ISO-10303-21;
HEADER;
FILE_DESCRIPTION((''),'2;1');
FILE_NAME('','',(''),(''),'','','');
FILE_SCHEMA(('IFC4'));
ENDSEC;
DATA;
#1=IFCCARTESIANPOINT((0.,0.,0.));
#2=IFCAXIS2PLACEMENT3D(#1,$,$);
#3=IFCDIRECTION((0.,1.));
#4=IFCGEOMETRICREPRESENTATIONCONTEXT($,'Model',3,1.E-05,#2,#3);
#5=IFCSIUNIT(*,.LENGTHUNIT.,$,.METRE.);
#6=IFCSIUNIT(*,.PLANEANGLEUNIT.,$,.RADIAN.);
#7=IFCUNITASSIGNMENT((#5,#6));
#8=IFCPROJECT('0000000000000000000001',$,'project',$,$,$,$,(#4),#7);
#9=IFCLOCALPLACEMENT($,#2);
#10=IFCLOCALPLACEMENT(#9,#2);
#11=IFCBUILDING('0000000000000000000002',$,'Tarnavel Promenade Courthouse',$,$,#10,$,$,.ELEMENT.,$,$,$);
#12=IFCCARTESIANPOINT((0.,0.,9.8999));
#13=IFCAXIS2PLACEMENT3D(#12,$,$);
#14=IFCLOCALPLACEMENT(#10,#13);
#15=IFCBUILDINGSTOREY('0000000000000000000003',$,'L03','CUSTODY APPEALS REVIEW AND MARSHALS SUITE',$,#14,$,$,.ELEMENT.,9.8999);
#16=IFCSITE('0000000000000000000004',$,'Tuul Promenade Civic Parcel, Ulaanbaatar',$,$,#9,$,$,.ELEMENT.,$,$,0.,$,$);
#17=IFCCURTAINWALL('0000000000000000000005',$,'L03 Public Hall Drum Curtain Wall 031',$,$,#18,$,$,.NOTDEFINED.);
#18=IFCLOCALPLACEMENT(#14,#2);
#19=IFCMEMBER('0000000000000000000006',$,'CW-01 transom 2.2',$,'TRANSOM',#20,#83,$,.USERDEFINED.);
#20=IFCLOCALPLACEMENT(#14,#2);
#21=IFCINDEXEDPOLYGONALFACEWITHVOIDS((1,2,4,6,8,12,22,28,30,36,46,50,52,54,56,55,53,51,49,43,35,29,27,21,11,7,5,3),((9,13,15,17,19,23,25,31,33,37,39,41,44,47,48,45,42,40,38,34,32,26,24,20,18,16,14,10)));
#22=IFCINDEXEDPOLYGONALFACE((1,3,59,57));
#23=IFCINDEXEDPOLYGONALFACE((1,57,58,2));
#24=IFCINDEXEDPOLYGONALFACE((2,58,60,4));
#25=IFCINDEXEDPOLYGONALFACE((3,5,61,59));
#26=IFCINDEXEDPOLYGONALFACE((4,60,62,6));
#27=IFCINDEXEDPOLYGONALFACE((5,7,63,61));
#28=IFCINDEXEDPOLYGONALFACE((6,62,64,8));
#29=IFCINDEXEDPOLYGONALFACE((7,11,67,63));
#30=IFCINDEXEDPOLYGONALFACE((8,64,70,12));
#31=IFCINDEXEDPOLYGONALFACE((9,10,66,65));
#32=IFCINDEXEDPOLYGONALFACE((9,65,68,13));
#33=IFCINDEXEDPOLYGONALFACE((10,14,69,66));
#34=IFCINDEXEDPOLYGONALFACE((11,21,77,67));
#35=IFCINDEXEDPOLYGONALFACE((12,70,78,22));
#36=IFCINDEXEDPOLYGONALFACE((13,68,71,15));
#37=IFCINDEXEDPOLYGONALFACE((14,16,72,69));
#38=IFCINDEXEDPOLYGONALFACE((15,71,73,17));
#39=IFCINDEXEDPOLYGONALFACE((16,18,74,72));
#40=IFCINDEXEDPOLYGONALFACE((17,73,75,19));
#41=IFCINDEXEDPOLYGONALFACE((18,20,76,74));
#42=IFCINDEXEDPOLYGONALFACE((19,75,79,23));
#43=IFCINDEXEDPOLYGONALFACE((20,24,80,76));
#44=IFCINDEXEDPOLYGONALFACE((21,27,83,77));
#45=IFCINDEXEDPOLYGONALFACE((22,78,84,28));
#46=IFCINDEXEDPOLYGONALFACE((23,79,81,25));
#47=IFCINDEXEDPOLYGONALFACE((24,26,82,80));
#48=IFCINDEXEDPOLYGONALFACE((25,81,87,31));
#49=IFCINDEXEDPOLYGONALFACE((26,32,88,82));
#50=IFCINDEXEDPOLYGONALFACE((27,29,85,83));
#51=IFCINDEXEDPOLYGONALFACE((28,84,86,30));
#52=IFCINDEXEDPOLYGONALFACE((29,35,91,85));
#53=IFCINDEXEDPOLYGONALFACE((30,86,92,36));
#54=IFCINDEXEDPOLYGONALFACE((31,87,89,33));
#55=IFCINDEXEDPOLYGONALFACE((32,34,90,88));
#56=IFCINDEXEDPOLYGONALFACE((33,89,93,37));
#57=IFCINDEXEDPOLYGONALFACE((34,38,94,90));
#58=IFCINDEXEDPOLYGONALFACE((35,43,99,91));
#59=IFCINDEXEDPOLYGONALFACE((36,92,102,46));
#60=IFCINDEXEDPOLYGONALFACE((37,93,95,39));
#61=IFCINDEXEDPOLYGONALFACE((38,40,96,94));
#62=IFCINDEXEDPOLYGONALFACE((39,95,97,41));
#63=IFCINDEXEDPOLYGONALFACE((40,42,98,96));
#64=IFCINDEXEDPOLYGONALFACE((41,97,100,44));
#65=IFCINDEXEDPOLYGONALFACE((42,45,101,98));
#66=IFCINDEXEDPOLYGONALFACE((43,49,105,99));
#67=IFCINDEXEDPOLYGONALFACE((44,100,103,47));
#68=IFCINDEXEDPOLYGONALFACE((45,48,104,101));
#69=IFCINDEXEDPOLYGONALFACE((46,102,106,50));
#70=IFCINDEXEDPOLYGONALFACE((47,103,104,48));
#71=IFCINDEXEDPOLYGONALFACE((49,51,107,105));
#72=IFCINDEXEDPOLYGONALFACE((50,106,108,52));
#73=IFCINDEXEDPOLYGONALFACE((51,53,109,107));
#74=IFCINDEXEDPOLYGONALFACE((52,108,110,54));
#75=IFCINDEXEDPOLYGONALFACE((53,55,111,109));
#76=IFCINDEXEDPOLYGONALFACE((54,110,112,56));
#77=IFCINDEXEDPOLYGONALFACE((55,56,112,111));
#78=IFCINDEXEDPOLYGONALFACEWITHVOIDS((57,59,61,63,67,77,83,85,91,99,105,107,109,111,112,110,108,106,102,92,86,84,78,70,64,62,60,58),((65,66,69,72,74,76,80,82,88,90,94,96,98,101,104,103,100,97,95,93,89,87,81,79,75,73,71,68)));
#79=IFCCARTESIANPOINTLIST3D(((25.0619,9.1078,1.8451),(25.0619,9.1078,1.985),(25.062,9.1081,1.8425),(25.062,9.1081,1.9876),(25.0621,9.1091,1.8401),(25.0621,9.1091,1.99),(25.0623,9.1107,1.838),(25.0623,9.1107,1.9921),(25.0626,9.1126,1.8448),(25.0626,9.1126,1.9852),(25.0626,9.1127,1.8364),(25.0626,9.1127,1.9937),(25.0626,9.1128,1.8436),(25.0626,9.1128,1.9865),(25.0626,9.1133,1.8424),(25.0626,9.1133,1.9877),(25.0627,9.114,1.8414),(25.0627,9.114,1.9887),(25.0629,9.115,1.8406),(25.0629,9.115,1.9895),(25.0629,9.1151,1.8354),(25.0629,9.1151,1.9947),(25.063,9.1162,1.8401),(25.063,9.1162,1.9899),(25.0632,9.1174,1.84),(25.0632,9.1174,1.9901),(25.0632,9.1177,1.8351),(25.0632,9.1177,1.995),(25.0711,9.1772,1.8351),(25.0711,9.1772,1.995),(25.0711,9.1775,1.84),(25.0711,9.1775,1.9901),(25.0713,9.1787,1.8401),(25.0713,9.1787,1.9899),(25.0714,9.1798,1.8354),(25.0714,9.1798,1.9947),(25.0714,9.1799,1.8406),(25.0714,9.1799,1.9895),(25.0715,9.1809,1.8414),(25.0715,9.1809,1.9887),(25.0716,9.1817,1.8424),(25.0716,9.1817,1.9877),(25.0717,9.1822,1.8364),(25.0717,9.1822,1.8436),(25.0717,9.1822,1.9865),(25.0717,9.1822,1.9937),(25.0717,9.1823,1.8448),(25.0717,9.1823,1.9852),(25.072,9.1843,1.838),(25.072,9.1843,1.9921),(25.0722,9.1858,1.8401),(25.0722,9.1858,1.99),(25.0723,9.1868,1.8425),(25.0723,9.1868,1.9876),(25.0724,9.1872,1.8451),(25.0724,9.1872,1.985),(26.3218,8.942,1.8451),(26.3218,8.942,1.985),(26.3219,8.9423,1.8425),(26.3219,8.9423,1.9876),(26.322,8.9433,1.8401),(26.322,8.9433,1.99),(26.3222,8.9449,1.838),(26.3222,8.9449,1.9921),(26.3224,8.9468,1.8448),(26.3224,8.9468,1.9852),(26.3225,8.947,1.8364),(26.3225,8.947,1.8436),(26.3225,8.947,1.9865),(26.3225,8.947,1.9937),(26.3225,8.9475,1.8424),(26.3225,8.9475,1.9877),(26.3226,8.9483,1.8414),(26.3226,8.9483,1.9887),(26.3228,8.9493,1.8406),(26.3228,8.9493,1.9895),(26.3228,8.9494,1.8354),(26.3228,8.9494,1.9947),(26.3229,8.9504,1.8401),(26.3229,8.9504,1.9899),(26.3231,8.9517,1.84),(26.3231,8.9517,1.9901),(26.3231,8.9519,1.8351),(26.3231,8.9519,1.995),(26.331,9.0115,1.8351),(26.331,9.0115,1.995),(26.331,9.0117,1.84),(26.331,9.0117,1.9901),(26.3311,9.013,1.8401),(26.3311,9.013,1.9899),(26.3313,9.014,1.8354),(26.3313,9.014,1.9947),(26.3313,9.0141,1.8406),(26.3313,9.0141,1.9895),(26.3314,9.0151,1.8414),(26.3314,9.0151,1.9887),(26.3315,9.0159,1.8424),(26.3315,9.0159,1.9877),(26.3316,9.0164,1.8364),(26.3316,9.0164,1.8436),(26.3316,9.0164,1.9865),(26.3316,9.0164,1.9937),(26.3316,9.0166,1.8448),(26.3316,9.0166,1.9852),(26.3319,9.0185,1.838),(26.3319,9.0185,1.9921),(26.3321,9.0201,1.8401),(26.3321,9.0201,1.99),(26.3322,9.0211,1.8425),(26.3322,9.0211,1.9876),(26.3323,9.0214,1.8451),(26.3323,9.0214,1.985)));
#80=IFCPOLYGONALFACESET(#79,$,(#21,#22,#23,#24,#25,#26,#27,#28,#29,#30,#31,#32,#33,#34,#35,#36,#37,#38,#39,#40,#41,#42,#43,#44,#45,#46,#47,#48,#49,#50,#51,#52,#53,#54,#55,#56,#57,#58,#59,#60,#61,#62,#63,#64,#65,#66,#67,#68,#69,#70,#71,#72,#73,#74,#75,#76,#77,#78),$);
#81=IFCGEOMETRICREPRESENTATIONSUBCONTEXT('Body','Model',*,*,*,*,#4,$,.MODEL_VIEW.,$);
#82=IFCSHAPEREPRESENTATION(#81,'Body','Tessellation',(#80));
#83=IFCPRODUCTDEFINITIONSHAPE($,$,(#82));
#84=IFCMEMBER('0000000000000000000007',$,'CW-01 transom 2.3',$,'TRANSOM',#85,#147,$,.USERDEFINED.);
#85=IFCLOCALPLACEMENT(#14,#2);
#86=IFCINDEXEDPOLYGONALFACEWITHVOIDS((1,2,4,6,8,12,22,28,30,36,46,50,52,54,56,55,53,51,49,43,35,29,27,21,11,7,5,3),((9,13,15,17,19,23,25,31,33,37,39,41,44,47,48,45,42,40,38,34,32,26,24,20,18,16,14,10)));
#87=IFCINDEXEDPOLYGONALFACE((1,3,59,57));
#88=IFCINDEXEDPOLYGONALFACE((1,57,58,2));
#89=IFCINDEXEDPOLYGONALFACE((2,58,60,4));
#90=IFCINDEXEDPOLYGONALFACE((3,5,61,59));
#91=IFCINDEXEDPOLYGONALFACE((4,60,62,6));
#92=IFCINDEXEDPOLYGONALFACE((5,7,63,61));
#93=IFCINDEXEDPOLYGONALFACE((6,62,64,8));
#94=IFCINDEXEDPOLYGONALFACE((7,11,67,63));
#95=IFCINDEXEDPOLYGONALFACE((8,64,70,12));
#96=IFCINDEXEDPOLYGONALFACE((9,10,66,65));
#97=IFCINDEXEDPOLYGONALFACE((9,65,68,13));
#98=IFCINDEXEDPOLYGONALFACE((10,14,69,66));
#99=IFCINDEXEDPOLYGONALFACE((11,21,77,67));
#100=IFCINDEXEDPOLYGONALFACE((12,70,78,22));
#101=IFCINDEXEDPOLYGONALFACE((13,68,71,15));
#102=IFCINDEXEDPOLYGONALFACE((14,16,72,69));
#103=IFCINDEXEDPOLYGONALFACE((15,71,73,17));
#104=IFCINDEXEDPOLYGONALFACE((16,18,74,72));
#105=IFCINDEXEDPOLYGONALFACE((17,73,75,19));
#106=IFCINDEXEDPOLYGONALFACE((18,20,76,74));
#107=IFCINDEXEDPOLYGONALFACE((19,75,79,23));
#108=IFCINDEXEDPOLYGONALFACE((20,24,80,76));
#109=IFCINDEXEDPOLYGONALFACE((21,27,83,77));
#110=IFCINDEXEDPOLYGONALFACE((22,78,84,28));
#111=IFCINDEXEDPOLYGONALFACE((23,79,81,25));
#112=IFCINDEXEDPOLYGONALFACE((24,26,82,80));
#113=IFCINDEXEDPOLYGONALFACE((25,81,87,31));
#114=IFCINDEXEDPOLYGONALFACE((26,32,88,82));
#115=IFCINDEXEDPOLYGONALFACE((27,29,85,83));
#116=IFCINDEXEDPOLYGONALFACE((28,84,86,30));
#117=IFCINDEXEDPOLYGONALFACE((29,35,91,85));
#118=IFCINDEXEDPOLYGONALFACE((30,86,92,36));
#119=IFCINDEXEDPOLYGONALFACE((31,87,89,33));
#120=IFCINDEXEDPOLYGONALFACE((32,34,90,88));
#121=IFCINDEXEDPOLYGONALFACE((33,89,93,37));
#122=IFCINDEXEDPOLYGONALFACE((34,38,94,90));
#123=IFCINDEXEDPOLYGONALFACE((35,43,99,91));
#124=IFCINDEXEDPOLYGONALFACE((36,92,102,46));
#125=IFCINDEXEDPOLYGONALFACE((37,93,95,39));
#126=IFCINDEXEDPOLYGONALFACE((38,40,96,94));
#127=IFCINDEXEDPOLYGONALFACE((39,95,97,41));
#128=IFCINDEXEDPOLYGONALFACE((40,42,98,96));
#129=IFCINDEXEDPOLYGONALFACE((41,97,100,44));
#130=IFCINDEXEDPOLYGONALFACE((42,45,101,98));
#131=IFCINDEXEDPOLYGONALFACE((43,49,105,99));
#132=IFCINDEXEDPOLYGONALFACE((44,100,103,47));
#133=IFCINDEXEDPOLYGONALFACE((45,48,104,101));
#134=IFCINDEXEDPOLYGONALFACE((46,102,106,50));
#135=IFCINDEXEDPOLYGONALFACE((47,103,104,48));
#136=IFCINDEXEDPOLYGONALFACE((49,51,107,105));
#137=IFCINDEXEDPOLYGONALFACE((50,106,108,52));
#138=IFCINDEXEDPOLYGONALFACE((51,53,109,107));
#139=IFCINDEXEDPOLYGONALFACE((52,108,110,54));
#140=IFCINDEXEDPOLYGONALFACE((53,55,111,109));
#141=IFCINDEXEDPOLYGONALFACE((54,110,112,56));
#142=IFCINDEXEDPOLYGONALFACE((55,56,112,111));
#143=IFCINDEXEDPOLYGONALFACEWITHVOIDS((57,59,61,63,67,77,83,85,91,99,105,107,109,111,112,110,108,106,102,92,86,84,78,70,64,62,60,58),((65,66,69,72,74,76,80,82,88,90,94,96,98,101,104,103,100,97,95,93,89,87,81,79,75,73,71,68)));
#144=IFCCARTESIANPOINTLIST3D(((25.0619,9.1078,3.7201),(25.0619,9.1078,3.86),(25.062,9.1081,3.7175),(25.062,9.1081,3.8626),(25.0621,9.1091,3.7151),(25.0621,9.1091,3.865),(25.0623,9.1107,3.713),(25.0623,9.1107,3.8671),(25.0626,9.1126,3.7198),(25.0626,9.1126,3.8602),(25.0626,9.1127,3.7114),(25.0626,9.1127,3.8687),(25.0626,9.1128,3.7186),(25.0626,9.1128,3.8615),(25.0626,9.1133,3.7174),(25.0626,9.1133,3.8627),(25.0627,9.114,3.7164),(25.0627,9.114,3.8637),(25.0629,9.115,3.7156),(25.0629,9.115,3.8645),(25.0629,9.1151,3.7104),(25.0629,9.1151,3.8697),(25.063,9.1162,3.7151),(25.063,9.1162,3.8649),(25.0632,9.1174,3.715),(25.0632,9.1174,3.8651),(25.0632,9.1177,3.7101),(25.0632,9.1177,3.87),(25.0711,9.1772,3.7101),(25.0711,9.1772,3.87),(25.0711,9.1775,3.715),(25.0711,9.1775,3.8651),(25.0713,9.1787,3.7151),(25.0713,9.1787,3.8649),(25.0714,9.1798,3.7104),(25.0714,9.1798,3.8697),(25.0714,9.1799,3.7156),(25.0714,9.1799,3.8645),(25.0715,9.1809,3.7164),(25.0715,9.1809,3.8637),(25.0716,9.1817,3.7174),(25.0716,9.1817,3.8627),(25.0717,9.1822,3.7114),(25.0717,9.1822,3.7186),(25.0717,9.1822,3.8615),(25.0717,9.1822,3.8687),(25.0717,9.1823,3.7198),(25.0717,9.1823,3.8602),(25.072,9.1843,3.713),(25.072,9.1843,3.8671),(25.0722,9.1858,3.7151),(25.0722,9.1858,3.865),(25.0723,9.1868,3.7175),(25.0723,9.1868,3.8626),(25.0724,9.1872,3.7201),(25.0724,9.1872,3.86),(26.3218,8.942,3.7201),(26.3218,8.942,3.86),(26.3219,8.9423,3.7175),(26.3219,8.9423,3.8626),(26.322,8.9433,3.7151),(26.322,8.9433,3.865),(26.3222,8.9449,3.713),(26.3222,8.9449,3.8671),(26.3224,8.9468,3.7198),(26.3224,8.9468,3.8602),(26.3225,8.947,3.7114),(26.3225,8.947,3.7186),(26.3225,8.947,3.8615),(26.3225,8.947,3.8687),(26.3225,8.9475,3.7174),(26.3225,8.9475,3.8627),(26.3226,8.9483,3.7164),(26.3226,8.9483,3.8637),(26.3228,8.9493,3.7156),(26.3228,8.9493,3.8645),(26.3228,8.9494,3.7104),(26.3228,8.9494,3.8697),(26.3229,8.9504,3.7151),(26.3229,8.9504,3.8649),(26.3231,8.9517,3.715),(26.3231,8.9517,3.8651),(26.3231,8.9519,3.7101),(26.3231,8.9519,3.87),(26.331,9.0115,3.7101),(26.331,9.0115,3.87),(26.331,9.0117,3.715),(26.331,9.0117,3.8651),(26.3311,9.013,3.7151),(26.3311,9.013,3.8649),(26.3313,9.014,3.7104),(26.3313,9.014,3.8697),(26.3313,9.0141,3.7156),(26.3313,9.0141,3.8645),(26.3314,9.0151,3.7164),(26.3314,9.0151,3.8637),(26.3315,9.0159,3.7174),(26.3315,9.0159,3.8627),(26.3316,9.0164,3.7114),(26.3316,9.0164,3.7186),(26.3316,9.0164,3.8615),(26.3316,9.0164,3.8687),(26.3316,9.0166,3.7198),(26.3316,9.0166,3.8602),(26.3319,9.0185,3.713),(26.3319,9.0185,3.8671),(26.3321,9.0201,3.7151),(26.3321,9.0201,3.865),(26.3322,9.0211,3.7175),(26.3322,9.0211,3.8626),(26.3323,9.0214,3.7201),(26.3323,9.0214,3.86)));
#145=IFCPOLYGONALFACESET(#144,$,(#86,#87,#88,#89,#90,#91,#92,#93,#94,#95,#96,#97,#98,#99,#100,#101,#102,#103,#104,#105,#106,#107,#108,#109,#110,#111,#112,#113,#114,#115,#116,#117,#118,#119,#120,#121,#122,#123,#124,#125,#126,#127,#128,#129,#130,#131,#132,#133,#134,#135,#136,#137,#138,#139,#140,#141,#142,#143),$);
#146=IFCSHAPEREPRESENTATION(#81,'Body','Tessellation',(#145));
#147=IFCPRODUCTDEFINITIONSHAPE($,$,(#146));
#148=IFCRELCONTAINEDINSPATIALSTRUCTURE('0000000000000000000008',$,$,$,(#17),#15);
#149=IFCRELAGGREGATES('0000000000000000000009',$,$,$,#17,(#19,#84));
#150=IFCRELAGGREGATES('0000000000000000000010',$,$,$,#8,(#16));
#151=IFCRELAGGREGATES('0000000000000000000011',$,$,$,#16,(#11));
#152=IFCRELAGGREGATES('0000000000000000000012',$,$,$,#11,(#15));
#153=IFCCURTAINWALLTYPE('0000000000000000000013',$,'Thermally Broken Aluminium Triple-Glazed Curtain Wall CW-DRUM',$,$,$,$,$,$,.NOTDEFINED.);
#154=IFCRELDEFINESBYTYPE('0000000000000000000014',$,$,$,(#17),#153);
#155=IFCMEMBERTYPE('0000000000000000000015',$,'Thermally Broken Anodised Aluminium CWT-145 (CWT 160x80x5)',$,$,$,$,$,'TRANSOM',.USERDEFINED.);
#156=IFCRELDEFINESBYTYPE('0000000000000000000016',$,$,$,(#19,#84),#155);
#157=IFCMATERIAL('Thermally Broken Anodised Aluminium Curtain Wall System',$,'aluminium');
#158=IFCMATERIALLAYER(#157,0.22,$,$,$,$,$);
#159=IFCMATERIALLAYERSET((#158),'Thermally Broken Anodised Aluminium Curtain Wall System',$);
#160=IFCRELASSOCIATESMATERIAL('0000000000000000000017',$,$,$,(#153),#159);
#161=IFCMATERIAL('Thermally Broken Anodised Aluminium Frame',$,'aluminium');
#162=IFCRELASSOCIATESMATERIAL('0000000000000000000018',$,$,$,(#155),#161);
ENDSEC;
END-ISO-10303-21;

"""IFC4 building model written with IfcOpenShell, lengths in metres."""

from ifc_helpers import new_model, si_unit, direction, frame, origin, origin_2d, place, context, subcontext, project, spatial, hollow_rectangle, extrude, material, layer, layer_set, material_profile, profile_set, type_object, element, aggregate, save


model = new_model("IFC4")

# Units and contexts
model_context = context("Model", 3, precision=1e-05, world=origin(), true_north=direction((0.0, 1.0)))
body_context = subcontext(model_context, "Body", "Model", "MODEL_VIEW")
ifc_project = project(units=[si_unit("LENGTHUNIT", "METRE"), si_unit("PLANEANGLEUNIT", "RADIAN")], contexts=[model_context])

# Site, building, storey
site_placement = place(None, origin())
site = spatial("IfcSite", under=ifc_project, at=site_placement, Name="Tuul Promenade Civic Parcel, Ulaanbaatar", CompositionType="ELEMENT", RefElevation=0.0)
building_placement = place(site_placement, origin())
building = spatial("IfcBuilding", under=site, at=building_placement, Name="Tarnavel Promenade Courthouse", CompositionType="ELEMENT")
storey_placement = place(building_placement, frame((0.0, 0.0, 9.8999)))
storey = spatial("IfcBuildingStorey", under=building, at=storey_placement, Name="L03", Description="CUSTODY APPEALS REVIEW AND MARSHALS SUITE", CompositionType="ELEMENT", Elevation=9.8999)

# Shared definitions
ifc_material_1 = material(Name="Thermally Broken Anodised Aluminium Curtain Wall System", Category="aluminium")
ifc_layer_1 = layer(ifc_material_1, 0.22)
ifc_layer_set_1 = layer_set([ifc_layer_1], Name="Thermally Broken Anodised Aluminium Curtain Wall System")
curtain_wall_type = type_object("IfcCurtainWallType", Name="Thermally Broken Aluminium Triple-Glazed Curtain Wall CW-DRUM", PredefinedType="NOTDEFINED", material=ifc_layer_set_1)
ifc_material_2 = material(Name="Thermally Broken Anodised Aluminium Frame", Category="aluminium")

# Curtain wall
curtain_wall_1_placement = place(storey_placement, origin())
curtain_wall_1 = element("IfcCurtainWall", 1, at=curtain_wall_1_placement, inside=storey, type_object=curtain_wall_type, Name="L03 Public Hall Drum Curtain Wall 031", PredefinedType="NOTDEFINED")

# Members
ifc_material_profile_1 = material_profile(ifc_material_2, hollow_rectangle(XDim=0.0801, YDim=0.1599, WallThickness=0.0049, InnerFilletRadius=0.0049, OuterFilletRadius=0.01, at=origin_2d()), Name="CWT 160x80x5")
ifc_profile_set_1 = profile_set([ifc_material_profile_1], Name="Thermally Broken Anodised Aluminium Frame")
member_type_1 = type_object("IfcMemberType", Name="Thermally Broken Anodised Aluminium CWT-145 (CWT 160x80x5)", ElementType="TRANSOM", PredefinedType="USERDEFINED", material=ifc_profile_set_1)
member_1_placement = place(storey_placement, frame((25.0671, 9.1475, 1.915), z_axis=(0.991456, -0.13044, 0.0), x_axis=(0.13044, 0.991456, 0.0)))
member_1 = element("IfcMember", 2, at=member_1_placement, type_object=member_type_1, Name="CW-01 transom 2.2", ObjectType="TRANSOM", PredefinedType="USERDEFINED", context=body_context, shape_type="SweptSolid", body=[
    extrude(hollow_rectangle(XDim=0.0801, YDim=0.1599, WallThickness=0.0049, InnerFilletRadius=0.0049, OuterFilletRadius=0.01, at=origin_2d()), origin(), (0.0, 0.0, 1.0), 1.2708),
])
member_2_placement = place(storey_placement, frame((25.0671, 9.1475, 3.79), z_axis=(0.991456, -0.13044, 0.0), x_axis=(0.13044, 0.991456, 0.0)))
member_2 = element("IfcMember", 3, at=member_2_placement, type_object=member_type_1, Name="CW-01 transom 2.3", ObjectType="TRANSOM", PredefinedType="USERDEFINED", context=body_context, shape_type="SweptSolid", body=[
    extrude(hollow_rectangle(XDim=0.0801, YDim=0.1599, WallThickness=0.0049, InnerFilletRadius=0.0049, OuterFilletRadius=0.01, at=origin_2d()), origin(), (0.0, 0.0, 1.0), 1.2708),
])

aggregate(curtain_wall_1, [member_1, member_2])

save(model, "model.ifc")
